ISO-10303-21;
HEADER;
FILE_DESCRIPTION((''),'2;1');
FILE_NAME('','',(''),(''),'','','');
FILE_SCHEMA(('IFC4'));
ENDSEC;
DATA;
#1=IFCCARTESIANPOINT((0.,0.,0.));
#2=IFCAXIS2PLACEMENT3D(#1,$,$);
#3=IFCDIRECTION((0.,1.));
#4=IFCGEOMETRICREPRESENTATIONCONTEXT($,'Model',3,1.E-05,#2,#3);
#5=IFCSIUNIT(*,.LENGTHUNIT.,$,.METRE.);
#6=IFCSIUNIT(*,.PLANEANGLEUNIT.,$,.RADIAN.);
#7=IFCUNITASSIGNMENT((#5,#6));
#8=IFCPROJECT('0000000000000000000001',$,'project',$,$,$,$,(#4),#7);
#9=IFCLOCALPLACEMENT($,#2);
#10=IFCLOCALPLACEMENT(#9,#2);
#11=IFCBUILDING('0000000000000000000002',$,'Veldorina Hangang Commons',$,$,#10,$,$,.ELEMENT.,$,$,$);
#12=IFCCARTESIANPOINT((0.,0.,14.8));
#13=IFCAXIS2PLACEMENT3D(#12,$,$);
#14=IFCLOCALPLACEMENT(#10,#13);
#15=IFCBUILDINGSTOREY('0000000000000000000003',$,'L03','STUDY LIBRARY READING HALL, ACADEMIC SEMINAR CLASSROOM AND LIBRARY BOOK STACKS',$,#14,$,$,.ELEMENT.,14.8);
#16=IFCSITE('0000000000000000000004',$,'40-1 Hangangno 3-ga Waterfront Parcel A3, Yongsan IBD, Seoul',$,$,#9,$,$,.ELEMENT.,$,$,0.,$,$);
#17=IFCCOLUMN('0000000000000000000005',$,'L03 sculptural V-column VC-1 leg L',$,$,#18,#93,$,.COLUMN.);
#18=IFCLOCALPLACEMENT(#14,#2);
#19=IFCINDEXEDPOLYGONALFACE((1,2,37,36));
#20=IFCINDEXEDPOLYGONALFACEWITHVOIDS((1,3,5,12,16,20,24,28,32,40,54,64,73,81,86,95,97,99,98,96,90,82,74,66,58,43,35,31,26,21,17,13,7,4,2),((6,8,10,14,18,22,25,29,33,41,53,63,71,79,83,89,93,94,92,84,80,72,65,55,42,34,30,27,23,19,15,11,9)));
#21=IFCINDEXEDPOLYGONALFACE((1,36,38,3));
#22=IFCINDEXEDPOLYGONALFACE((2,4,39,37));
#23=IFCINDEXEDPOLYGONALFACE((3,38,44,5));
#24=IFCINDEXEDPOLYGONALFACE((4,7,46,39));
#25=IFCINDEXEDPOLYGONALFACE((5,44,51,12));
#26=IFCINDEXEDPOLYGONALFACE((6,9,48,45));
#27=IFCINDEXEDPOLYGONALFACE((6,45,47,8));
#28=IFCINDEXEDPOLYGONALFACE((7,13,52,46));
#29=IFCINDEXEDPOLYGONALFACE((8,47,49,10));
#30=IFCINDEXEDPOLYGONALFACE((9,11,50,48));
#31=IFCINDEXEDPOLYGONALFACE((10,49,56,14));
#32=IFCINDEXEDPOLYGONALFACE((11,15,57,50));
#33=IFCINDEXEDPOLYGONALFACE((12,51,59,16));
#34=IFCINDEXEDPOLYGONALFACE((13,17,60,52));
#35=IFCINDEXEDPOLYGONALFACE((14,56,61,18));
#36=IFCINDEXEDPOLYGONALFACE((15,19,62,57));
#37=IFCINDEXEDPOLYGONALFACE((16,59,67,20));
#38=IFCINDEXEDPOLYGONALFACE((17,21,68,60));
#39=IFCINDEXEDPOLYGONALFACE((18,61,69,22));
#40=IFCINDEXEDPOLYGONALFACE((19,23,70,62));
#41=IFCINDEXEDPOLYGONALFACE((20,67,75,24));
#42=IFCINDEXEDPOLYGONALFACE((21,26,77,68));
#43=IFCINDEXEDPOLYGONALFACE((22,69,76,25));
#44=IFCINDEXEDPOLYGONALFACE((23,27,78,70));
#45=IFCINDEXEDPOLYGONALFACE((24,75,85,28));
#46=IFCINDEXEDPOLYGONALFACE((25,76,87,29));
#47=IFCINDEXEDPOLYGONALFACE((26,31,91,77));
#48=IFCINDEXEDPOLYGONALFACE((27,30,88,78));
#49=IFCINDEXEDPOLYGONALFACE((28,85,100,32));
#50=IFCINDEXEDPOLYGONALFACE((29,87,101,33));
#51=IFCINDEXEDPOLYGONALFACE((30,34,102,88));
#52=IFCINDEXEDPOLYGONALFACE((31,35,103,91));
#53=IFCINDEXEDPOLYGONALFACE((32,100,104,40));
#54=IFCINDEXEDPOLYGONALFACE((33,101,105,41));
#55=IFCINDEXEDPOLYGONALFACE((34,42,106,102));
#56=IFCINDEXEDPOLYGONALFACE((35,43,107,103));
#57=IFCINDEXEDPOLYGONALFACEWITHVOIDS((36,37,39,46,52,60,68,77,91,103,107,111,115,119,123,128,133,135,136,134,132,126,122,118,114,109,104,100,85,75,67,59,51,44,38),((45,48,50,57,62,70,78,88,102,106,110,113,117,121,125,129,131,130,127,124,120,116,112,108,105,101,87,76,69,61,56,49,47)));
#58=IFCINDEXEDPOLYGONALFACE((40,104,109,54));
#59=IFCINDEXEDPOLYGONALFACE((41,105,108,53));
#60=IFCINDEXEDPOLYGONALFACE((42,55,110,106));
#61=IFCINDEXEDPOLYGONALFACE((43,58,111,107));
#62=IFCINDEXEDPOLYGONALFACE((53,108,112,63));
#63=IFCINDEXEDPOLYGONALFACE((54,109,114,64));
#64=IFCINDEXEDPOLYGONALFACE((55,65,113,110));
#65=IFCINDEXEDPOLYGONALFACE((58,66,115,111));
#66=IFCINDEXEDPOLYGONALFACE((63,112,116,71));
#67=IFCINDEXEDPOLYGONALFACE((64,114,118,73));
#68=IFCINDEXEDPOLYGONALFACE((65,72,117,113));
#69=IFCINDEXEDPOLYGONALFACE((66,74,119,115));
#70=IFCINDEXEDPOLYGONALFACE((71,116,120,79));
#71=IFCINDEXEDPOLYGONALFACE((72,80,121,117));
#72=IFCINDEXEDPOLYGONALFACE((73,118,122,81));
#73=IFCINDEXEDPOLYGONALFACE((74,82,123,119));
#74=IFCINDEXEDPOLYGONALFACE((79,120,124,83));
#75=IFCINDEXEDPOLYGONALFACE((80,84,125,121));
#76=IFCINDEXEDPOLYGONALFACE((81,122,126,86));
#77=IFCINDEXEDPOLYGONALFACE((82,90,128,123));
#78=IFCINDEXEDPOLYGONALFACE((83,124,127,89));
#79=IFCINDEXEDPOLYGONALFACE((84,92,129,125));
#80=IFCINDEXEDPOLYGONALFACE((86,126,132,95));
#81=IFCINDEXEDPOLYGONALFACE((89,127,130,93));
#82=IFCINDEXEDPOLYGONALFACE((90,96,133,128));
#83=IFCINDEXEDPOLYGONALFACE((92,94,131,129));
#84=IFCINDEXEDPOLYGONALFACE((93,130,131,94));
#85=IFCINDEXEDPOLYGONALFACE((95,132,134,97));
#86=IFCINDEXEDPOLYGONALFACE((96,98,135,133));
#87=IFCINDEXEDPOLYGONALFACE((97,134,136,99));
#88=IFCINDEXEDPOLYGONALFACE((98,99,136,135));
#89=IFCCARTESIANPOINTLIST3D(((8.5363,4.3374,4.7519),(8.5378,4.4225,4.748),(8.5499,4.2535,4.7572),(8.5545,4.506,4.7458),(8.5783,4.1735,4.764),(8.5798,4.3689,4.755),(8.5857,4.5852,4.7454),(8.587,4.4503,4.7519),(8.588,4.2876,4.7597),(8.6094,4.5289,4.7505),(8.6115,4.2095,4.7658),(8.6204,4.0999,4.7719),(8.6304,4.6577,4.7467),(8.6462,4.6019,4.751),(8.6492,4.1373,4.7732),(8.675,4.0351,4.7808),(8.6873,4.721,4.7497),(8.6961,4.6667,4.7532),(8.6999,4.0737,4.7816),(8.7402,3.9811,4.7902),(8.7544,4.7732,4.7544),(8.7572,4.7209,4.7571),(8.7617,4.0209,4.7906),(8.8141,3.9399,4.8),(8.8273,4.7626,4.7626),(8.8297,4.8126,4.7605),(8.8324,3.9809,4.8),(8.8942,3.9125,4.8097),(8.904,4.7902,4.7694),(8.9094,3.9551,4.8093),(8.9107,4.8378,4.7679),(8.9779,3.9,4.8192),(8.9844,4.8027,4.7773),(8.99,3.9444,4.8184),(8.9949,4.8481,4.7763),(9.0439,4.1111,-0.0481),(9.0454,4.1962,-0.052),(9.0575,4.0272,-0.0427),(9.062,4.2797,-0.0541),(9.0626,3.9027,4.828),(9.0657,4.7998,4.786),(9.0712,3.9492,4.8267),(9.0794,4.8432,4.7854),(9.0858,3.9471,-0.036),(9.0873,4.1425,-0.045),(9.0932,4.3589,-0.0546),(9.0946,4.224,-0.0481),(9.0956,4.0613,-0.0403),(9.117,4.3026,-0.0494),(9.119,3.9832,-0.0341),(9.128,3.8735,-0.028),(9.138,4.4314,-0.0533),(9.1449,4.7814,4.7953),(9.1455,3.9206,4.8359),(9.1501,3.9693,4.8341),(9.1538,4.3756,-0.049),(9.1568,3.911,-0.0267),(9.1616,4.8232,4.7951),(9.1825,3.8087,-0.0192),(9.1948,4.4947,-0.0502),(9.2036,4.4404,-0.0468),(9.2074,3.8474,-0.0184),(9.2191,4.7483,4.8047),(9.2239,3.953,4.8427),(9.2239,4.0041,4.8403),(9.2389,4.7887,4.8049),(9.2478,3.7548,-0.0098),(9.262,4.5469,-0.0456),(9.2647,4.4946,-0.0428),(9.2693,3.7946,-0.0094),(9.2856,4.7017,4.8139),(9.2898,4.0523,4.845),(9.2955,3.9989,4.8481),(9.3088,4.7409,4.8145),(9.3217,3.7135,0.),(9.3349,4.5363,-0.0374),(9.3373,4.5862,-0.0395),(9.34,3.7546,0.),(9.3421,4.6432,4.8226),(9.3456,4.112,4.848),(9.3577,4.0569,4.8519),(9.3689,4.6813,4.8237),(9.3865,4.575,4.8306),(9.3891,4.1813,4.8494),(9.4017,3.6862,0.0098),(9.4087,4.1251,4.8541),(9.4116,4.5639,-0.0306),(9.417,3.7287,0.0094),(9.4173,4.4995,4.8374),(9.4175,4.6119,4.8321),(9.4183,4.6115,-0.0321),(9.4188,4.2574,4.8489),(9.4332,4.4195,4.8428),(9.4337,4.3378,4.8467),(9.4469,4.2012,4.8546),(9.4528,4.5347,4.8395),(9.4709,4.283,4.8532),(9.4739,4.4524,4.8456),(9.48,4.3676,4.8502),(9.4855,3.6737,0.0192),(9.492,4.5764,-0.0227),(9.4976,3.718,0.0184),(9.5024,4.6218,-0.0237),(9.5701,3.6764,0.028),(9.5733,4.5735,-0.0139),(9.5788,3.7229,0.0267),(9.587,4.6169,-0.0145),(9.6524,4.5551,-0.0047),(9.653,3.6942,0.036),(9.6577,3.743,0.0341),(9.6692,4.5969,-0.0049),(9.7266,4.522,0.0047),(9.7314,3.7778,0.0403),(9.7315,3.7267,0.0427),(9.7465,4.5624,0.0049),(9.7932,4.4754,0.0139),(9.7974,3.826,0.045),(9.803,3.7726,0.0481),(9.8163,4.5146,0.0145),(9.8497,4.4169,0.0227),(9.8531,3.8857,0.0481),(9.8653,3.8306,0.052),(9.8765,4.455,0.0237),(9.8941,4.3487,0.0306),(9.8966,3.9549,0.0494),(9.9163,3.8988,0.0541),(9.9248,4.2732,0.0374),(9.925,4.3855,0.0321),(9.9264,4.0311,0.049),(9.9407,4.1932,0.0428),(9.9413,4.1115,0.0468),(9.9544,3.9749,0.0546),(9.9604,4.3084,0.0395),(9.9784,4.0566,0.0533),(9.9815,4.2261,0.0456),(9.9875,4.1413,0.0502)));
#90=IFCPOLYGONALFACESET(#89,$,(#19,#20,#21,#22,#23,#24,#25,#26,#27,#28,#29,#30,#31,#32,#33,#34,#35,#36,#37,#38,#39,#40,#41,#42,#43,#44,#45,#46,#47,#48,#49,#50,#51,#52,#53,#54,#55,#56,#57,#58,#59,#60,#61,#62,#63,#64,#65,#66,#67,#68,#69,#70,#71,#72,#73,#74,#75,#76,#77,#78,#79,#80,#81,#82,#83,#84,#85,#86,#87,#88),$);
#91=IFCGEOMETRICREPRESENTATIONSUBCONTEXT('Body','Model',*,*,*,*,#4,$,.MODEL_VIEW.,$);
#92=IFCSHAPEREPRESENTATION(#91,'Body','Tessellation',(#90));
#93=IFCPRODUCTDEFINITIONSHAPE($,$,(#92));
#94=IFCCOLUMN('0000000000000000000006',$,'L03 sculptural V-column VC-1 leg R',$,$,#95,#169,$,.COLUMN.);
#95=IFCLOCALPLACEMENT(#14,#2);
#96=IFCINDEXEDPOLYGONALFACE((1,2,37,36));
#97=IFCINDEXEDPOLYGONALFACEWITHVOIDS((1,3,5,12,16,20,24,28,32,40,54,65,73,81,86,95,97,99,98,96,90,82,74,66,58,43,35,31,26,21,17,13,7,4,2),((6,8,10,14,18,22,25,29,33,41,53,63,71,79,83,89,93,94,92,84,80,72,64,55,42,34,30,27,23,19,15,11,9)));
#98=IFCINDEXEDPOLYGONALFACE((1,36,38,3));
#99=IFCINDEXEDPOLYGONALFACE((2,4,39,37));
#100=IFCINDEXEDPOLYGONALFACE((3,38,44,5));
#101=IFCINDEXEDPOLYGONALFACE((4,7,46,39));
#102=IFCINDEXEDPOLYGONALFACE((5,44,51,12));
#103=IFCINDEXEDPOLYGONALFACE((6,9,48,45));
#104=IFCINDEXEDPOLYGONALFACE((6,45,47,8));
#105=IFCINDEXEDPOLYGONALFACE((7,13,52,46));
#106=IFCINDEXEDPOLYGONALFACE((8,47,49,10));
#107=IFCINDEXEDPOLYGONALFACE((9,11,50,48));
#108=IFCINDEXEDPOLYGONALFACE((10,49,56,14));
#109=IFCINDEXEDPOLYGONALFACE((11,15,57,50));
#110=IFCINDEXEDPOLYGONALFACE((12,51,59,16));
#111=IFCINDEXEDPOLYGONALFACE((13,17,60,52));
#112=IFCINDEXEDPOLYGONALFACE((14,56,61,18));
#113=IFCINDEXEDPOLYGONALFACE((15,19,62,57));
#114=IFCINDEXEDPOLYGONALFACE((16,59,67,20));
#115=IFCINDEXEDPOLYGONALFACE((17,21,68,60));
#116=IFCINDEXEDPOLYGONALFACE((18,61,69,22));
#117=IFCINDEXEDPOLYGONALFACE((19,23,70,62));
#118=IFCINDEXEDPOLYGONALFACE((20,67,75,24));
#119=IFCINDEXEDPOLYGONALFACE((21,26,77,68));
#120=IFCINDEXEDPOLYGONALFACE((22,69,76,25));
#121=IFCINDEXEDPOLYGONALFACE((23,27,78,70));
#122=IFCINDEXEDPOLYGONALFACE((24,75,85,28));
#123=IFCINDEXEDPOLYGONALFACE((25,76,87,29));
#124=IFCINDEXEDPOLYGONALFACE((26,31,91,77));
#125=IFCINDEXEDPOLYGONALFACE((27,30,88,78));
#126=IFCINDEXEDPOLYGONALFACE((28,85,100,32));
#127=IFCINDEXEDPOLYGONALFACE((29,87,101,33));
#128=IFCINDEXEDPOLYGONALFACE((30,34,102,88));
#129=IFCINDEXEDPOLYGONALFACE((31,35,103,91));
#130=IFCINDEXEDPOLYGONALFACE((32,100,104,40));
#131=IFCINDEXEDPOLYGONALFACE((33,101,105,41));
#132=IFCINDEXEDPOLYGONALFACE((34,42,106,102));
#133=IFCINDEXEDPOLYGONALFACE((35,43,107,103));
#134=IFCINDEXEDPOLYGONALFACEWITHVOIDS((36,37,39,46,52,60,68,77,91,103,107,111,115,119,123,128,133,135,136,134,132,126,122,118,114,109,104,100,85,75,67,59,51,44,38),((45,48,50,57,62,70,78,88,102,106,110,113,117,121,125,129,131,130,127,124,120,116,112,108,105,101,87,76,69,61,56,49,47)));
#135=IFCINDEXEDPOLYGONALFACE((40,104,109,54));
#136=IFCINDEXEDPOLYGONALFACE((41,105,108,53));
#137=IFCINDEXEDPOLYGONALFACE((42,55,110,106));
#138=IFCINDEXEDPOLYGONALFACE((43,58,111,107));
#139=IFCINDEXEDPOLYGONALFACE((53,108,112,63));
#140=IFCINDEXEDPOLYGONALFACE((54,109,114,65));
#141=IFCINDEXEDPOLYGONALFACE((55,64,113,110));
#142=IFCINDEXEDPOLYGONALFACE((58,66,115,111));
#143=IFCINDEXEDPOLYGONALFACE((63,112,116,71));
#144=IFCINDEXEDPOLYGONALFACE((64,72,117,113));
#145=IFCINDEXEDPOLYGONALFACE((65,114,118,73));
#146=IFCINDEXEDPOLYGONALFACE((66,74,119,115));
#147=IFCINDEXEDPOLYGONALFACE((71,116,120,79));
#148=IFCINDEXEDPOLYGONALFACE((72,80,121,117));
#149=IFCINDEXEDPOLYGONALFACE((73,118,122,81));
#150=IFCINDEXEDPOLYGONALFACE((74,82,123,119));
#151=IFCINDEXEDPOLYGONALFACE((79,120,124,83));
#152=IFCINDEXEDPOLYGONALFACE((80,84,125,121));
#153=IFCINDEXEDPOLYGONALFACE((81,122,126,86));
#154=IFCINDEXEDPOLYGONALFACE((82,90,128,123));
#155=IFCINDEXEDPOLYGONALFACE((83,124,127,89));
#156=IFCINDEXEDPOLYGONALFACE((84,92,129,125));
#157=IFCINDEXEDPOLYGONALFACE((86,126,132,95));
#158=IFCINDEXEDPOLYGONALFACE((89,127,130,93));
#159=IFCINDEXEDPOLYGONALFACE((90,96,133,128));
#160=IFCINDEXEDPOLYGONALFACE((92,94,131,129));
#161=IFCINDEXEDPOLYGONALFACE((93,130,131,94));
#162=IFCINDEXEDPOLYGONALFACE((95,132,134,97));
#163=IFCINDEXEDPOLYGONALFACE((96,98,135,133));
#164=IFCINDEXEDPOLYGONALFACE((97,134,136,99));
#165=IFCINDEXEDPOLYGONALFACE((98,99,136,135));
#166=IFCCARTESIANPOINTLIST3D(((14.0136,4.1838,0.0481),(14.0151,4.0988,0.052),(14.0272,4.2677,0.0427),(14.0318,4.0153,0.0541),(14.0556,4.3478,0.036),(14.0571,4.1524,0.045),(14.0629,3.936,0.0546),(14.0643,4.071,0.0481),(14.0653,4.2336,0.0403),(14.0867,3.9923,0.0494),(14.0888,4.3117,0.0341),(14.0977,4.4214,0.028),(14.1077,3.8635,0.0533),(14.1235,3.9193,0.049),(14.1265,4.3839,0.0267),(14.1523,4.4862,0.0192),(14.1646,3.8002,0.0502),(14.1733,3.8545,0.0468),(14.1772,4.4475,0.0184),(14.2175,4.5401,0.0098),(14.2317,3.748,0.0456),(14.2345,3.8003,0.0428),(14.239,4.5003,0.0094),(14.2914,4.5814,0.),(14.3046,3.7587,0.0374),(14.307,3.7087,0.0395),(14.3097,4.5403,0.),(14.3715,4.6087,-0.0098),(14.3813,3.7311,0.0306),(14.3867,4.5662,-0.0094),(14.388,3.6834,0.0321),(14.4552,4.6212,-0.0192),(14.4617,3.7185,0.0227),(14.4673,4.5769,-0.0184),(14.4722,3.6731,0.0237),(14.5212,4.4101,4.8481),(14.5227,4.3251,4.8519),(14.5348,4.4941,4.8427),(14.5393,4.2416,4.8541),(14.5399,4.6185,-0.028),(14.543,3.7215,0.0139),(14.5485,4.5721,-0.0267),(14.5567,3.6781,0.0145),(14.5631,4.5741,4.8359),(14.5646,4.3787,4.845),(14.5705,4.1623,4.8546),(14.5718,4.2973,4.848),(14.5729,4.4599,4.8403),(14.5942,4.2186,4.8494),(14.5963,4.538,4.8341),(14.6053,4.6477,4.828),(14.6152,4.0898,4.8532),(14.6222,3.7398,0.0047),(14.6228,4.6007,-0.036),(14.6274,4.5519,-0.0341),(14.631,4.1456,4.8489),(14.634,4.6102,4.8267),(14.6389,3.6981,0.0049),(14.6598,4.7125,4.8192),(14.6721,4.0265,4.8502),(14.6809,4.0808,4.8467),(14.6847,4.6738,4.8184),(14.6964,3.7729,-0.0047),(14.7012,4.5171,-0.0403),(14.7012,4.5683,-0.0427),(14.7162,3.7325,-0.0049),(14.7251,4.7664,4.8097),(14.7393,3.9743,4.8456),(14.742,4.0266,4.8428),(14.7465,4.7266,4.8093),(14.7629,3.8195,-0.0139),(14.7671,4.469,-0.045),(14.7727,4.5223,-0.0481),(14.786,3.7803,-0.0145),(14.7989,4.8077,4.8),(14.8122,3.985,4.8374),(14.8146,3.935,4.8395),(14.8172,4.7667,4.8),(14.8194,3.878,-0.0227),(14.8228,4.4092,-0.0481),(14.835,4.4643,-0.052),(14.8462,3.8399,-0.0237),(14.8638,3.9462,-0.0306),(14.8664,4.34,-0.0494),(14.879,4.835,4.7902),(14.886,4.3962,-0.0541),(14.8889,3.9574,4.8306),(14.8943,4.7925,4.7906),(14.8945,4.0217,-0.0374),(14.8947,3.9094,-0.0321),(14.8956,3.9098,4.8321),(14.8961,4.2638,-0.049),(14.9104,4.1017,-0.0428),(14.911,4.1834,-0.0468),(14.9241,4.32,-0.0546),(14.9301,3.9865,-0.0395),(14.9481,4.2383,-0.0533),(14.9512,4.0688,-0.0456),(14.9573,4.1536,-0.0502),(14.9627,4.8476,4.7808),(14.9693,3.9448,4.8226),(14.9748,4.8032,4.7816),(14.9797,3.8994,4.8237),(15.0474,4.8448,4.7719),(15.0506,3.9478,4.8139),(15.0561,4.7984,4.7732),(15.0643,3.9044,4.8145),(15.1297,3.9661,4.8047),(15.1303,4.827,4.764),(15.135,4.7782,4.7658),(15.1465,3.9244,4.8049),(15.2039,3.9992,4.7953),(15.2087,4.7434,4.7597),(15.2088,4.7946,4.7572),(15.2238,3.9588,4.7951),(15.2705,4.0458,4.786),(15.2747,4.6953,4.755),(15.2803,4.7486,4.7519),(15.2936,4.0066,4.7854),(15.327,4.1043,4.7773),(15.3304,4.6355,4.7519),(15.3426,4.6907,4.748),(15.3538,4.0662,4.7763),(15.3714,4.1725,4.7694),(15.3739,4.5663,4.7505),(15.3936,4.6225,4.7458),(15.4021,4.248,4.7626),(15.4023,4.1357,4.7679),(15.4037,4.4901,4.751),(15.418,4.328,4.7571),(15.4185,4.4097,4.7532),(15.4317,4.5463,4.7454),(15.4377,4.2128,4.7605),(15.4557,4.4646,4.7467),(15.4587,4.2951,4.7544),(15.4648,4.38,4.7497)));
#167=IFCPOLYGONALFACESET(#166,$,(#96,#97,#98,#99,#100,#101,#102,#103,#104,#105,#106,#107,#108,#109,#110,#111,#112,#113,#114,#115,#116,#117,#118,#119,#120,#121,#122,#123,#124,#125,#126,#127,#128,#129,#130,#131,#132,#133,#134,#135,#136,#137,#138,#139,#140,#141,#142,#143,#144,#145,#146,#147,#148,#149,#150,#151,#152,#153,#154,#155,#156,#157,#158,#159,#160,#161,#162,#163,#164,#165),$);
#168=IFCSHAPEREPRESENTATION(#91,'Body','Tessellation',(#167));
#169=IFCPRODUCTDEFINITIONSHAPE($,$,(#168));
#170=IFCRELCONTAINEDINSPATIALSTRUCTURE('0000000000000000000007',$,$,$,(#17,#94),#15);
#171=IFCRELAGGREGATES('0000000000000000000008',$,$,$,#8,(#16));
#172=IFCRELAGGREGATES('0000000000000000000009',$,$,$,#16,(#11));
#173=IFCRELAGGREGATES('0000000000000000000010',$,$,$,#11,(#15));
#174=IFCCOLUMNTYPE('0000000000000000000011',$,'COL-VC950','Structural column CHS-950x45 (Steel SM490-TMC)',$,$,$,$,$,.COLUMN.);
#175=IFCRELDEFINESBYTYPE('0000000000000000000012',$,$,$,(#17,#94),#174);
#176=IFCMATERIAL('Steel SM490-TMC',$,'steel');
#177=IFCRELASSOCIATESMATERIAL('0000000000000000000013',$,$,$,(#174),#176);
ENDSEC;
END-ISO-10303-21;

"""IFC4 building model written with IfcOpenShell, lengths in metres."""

from ifc_helpers import new_model, si_unit, direction, frame, origin, origin_2d, place, context, subcontext, project, spatial, hollow_circle, extrude, material, material_profile, profile_set, type_object, element, save


model = new_model("IFC4")

# Units and contexts
model_context = context("Model", 3, precision=1e-05, world=origin(), true_north=direction((0.0, 1.0)))
body_context = subcontext(model_context, "Body", "Model", "MODEL_VIEW")
ifc_project = project(units=[si_unit("LENGTHUNIT", "METRE"), si_unit("PLANEANGLEUNIT", "RADIAN")], contexts=[model_context])

# Site, building, storey
site_placement = place(None, origin())
site = spatial("IfcSite", under=ifc_project, at=site_placement, Name="40-1 Hangangno 3-ga Waterfront Parcel A3, Yongsan IBD, Seoul", CompositionType="ELEMENT", RefElevation=0.0)
building_placement = place(site_placement, origin())
building = spatial("IfcBuilding", under=site, at=building_placement, Name="Veldorina Hangang Commons", CompositionType="ELEMENT")
storey_placement = place(building_placement, frame((0.0, 0.0, 14.8)))
storey = spatial("IfcBuildingStorey", under=building, at=storey_placement, Name="L03", Description="STUDY LIBRARY READING HALL, ACADEMIC SEMINAR CLASSROOM AND LIBRARY BOOK STACKS", CompositionType="ELEMENT", Elevation=14.8)

# Columns
ifc_material_1 = material(Name="Steel SM490-TMC", Category="steel")
ifc_material_profile_1 = material_profile(ifc_material_1, hollow_circle(Radius=0.4751, WallThickness=0.0449, at=origin_2d()), Name="CHS-950x45")
ifc_profile_set_1 = profile_set([ifc_material_profile_1], Name="Steel SM490-TMC")
column_type_1 = type_object("IfcColumnType", Name="COL-VC950", Description="Structural column CHS-950x45 (Steel SM490-TMC)", PredefinedType="COLUMN", material=ifc_profile_set_1)
for number, where, z_axis, x_axis, name in (
    (1, (9.5151, 4.1475, 0.0), (-0.105041, 0.046836, 0.993364), (-0.407239, -0.913322, 0.0), "L03 sculptural V-column VC-1 leg L"),
    (2, (14.4849, 4.1475, 0.0), (0.105041, 0.046836, 0.993364), (-0.407239, 0.913322, 0.0), "L03 sculptural V-column VC-1 leg R"),
):
    element("IfcColumn", number, at=place(storey_placement, frame(where, z_axis=z_axis, x_axis=x_axis)), inside=storey, type_object=column_type_1, Name=name, PredefinedType="COLUMN", context=body_context, shape_type="SweptSolid", body=[
        extrude(hollow_circle(Radius=0.4751, WallThickness=0.0449, at=origin_2d()), origin(), (0.0, 0.0, 1.0), 4.832),
    ])

save(model, "model.ifc")
